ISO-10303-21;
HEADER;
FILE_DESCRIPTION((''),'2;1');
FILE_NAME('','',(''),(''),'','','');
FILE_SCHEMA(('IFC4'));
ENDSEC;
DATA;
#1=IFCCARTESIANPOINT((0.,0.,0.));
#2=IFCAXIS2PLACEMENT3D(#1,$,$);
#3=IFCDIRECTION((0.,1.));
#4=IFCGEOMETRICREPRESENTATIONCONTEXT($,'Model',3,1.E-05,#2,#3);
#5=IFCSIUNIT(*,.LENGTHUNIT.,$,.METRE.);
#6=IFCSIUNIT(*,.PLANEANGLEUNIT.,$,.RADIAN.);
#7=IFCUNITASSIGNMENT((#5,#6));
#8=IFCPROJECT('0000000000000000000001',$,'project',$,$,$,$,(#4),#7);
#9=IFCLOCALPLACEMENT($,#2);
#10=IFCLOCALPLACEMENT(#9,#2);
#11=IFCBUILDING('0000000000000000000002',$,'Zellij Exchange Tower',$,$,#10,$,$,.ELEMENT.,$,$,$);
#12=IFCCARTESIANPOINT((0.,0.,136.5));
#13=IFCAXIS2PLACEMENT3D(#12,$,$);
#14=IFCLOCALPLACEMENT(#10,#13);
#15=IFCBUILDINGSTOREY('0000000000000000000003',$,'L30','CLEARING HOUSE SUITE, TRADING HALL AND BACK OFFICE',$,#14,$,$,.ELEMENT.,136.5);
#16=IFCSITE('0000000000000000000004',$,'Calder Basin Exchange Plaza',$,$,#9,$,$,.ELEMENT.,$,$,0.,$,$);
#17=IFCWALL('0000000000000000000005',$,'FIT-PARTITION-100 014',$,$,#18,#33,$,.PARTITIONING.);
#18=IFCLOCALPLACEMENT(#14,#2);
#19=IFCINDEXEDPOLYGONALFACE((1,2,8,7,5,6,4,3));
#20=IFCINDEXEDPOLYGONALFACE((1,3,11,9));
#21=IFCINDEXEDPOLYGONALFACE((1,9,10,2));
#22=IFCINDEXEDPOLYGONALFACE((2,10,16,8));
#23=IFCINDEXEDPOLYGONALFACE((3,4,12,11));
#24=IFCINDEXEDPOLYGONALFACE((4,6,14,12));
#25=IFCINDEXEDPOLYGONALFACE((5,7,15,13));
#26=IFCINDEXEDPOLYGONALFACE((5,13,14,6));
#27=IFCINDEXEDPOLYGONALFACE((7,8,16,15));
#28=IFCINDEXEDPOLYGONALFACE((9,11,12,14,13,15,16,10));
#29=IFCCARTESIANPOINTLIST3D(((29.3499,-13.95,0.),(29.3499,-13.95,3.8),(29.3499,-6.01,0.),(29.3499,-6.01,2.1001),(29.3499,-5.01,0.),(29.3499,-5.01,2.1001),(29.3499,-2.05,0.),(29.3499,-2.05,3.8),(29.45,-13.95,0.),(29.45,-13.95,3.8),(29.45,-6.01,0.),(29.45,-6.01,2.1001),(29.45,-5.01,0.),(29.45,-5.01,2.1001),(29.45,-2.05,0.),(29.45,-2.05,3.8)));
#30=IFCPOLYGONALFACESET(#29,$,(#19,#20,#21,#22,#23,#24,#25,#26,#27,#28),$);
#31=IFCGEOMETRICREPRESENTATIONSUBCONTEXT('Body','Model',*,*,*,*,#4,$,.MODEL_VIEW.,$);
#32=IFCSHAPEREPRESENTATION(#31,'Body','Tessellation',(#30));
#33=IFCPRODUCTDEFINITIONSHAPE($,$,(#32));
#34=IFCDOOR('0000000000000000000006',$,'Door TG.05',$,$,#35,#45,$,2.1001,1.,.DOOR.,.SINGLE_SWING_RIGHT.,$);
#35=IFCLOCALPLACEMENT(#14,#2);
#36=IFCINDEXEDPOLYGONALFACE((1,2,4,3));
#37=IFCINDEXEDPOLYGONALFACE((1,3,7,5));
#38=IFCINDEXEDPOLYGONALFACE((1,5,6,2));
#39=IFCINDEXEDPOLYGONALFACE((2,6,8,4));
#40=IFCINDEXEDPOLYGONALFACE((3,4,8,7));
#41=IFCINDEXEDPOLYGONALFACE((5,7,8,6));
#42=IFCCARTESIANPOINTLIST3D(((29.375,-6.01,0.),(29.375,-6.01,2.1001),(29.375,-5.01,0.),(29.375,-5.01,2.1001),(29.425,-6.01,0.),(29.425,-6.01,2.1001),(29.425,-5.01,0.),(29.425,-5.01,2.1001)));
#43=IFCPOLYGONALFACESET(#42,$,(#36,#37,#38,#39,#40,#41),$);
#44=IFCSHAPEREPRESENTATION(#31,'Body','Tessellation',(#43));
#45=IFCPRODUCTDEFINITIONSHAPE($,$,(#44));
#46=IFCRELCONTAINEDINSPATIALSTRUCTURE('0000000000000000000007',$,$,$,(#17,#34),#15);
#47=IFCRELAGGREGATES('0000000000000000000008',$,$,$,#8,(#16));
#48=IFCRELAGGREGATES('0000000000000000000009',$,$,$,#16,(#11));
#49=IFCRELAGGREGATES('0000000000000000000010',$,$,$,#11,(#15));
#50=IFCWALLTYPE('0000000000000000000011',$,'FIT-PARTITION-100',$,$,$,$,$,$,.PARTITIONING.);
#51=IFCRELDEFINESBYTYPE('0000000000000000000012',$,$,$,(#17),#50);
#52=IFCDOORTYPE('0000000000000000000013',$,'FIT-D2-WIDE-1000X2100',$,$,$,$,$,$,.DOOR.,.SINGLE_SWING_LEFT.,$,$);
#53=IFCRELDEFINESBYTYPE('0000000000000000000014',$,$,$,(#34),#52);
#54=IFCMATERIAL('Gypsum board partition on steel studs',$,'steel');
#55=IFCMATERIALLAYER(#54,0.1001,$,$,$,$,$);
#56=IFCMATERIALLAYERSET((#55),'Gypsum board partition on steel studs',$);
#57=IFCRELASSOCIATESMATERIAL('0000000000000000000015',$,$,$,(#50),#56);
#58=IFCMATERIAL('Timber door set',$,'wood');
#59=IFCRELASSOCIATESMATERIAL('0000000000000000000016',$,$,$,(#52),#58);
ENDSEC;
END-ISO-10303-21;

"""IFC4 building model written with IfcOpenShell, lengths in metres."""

from ifc_helpers import new_model, si_unit, direction, frame, frame_2d, origin, place, context, subcontext, project, spatial, rectangle, extrude, material, layer, layer_set, type_object, element, fill, save


model = new_model("IFC4")

# Units and contexts
model_context = context("Model", 3, precision=1e-05, world=origin(), true_north=direction((0.0, 1.0)))
body_context = subcontext(model_context, "Body", "Model", "MODEL_VIEW")
ifc_project = project(units=[si_unit("LENGTHUNIT", "METRE"), si_unit("PLANEANGLEUNIT", "RADIAN")], contexts=[model_context])

# Site, building, storey
site_placement = place(None, origin())
site = spatial("IfcSite", under=ifc_project, at=site_placement, Name="Calder Basin Exchange Plaza", CompositionType="ELEMENT", RefElevation=0.0)
building_placement = place(site_placement, origin())
building = spatial("IfcBuilding", under=site, at=building_placement, Name="Zellij Exchange Tower", CompositionType="ELEMENT")
storey_placement = place(building_placement, frame((0.0, 0.0, 136.5)))
storey = spatial("IfcBuildingStorey", under=building, at=storey_placement, Name="L30", Description="CLEARING HOUSE SUITE, TRADING HALL AND BACK OFFICE", CompositionType="ELEMENT", Elevation=136.5)

# Shared definitions
ifc_material_1 = material(Name="Gypsum board partition on steel studs", Category="steel")
ifc_layer_1 = layer(ifc_material_1, 0.1001)
ifc_layer_set_1 = layer_set([ifc_layer_1], Name="Gypsum board partition on steel studs")
wall_type_1 = type_object("IfcWallType", Name="FIT-PARTITION-100", PredefinedType="PARTITIONING", material=ifc_layer_set_1)

# Wall, opening, door
wall_1_placement = place(storey_placement, frame((29.3999, -13.95, 0.0), z_axis=(0.0, 0.0, 1.0), x_axis=(0.0, 1.0, 0.0)))
wall_1 = element("IfcWall", 1, at=wall_1_placement, inside=storey, type_object=wall_type_1, Name="FIT-PARTITION-100 014", PredefinedType="PARTITIONING", context=body_context, shape_type="SweptSolid", body=[
    extrude(rectangle(XDim=11.8999, YDim=0.1001, at=frame_2d((5.95, 0.0))), origin(), (0.0, 0.0, 1.0), 3.8),
])
opening_1_placement = place(wall_1_placement, frame((7.9399, 0.0, 0.0)))
opening_1 = element("IfcOpeningElement", 2, at=opening_1_placement, cuts=wall_1, PredefinedType="OPENING", context=body_context, shape_type="SweptSolid", body=[
    extrude(rectangle(XDim=1.0, YDim=2.1001, at=frame_2d((0.5, 1.05))), frame((0.0, 0.062, 0.0), z_axis=(0.0, -1.0, 0.0), x_axis=(1.0, 0.0, 0.0)), (0.0, 0.0, 1.0), 0.124),
])
ifc_material_2 = material(Name="Timber door set", Category="wood")
door_type_1 = type_object("IfcDoorType", Name="FIT-D2-WIDE-1000X2100", OperationType="SINGLE_SWING_LEFT", PredefinedType="DOOR", material=ifc_material_2)
door_1_placement = place(opening_1_placement, origin())
door_1 = element("IfcDoor", 3, at=door_1_placement, inside=storey, type_object=door_type_1, Name="Door TG.05", OperationType="SINGLE_SWING_RIGHT", OverallHeight=2.1001, OverallWidth=1.0, PredefinedType="DOOR", context=body_context, shape_type="SweptSolid", body=[
    extrude(rectangle(XDim=1.0, YDim=2.1001, at=frame_2d((0.5, 1.05))), frame((0.0, 0.0249, 0.0), z_axis=(0.0, -1.0, 0.0), x_axis=(1.0, 0.0, 0.0)), (0.0, 0.0, 1.0), 0.05),
])
fill(opening_1, door_1)

save(model, "model.ifc")
